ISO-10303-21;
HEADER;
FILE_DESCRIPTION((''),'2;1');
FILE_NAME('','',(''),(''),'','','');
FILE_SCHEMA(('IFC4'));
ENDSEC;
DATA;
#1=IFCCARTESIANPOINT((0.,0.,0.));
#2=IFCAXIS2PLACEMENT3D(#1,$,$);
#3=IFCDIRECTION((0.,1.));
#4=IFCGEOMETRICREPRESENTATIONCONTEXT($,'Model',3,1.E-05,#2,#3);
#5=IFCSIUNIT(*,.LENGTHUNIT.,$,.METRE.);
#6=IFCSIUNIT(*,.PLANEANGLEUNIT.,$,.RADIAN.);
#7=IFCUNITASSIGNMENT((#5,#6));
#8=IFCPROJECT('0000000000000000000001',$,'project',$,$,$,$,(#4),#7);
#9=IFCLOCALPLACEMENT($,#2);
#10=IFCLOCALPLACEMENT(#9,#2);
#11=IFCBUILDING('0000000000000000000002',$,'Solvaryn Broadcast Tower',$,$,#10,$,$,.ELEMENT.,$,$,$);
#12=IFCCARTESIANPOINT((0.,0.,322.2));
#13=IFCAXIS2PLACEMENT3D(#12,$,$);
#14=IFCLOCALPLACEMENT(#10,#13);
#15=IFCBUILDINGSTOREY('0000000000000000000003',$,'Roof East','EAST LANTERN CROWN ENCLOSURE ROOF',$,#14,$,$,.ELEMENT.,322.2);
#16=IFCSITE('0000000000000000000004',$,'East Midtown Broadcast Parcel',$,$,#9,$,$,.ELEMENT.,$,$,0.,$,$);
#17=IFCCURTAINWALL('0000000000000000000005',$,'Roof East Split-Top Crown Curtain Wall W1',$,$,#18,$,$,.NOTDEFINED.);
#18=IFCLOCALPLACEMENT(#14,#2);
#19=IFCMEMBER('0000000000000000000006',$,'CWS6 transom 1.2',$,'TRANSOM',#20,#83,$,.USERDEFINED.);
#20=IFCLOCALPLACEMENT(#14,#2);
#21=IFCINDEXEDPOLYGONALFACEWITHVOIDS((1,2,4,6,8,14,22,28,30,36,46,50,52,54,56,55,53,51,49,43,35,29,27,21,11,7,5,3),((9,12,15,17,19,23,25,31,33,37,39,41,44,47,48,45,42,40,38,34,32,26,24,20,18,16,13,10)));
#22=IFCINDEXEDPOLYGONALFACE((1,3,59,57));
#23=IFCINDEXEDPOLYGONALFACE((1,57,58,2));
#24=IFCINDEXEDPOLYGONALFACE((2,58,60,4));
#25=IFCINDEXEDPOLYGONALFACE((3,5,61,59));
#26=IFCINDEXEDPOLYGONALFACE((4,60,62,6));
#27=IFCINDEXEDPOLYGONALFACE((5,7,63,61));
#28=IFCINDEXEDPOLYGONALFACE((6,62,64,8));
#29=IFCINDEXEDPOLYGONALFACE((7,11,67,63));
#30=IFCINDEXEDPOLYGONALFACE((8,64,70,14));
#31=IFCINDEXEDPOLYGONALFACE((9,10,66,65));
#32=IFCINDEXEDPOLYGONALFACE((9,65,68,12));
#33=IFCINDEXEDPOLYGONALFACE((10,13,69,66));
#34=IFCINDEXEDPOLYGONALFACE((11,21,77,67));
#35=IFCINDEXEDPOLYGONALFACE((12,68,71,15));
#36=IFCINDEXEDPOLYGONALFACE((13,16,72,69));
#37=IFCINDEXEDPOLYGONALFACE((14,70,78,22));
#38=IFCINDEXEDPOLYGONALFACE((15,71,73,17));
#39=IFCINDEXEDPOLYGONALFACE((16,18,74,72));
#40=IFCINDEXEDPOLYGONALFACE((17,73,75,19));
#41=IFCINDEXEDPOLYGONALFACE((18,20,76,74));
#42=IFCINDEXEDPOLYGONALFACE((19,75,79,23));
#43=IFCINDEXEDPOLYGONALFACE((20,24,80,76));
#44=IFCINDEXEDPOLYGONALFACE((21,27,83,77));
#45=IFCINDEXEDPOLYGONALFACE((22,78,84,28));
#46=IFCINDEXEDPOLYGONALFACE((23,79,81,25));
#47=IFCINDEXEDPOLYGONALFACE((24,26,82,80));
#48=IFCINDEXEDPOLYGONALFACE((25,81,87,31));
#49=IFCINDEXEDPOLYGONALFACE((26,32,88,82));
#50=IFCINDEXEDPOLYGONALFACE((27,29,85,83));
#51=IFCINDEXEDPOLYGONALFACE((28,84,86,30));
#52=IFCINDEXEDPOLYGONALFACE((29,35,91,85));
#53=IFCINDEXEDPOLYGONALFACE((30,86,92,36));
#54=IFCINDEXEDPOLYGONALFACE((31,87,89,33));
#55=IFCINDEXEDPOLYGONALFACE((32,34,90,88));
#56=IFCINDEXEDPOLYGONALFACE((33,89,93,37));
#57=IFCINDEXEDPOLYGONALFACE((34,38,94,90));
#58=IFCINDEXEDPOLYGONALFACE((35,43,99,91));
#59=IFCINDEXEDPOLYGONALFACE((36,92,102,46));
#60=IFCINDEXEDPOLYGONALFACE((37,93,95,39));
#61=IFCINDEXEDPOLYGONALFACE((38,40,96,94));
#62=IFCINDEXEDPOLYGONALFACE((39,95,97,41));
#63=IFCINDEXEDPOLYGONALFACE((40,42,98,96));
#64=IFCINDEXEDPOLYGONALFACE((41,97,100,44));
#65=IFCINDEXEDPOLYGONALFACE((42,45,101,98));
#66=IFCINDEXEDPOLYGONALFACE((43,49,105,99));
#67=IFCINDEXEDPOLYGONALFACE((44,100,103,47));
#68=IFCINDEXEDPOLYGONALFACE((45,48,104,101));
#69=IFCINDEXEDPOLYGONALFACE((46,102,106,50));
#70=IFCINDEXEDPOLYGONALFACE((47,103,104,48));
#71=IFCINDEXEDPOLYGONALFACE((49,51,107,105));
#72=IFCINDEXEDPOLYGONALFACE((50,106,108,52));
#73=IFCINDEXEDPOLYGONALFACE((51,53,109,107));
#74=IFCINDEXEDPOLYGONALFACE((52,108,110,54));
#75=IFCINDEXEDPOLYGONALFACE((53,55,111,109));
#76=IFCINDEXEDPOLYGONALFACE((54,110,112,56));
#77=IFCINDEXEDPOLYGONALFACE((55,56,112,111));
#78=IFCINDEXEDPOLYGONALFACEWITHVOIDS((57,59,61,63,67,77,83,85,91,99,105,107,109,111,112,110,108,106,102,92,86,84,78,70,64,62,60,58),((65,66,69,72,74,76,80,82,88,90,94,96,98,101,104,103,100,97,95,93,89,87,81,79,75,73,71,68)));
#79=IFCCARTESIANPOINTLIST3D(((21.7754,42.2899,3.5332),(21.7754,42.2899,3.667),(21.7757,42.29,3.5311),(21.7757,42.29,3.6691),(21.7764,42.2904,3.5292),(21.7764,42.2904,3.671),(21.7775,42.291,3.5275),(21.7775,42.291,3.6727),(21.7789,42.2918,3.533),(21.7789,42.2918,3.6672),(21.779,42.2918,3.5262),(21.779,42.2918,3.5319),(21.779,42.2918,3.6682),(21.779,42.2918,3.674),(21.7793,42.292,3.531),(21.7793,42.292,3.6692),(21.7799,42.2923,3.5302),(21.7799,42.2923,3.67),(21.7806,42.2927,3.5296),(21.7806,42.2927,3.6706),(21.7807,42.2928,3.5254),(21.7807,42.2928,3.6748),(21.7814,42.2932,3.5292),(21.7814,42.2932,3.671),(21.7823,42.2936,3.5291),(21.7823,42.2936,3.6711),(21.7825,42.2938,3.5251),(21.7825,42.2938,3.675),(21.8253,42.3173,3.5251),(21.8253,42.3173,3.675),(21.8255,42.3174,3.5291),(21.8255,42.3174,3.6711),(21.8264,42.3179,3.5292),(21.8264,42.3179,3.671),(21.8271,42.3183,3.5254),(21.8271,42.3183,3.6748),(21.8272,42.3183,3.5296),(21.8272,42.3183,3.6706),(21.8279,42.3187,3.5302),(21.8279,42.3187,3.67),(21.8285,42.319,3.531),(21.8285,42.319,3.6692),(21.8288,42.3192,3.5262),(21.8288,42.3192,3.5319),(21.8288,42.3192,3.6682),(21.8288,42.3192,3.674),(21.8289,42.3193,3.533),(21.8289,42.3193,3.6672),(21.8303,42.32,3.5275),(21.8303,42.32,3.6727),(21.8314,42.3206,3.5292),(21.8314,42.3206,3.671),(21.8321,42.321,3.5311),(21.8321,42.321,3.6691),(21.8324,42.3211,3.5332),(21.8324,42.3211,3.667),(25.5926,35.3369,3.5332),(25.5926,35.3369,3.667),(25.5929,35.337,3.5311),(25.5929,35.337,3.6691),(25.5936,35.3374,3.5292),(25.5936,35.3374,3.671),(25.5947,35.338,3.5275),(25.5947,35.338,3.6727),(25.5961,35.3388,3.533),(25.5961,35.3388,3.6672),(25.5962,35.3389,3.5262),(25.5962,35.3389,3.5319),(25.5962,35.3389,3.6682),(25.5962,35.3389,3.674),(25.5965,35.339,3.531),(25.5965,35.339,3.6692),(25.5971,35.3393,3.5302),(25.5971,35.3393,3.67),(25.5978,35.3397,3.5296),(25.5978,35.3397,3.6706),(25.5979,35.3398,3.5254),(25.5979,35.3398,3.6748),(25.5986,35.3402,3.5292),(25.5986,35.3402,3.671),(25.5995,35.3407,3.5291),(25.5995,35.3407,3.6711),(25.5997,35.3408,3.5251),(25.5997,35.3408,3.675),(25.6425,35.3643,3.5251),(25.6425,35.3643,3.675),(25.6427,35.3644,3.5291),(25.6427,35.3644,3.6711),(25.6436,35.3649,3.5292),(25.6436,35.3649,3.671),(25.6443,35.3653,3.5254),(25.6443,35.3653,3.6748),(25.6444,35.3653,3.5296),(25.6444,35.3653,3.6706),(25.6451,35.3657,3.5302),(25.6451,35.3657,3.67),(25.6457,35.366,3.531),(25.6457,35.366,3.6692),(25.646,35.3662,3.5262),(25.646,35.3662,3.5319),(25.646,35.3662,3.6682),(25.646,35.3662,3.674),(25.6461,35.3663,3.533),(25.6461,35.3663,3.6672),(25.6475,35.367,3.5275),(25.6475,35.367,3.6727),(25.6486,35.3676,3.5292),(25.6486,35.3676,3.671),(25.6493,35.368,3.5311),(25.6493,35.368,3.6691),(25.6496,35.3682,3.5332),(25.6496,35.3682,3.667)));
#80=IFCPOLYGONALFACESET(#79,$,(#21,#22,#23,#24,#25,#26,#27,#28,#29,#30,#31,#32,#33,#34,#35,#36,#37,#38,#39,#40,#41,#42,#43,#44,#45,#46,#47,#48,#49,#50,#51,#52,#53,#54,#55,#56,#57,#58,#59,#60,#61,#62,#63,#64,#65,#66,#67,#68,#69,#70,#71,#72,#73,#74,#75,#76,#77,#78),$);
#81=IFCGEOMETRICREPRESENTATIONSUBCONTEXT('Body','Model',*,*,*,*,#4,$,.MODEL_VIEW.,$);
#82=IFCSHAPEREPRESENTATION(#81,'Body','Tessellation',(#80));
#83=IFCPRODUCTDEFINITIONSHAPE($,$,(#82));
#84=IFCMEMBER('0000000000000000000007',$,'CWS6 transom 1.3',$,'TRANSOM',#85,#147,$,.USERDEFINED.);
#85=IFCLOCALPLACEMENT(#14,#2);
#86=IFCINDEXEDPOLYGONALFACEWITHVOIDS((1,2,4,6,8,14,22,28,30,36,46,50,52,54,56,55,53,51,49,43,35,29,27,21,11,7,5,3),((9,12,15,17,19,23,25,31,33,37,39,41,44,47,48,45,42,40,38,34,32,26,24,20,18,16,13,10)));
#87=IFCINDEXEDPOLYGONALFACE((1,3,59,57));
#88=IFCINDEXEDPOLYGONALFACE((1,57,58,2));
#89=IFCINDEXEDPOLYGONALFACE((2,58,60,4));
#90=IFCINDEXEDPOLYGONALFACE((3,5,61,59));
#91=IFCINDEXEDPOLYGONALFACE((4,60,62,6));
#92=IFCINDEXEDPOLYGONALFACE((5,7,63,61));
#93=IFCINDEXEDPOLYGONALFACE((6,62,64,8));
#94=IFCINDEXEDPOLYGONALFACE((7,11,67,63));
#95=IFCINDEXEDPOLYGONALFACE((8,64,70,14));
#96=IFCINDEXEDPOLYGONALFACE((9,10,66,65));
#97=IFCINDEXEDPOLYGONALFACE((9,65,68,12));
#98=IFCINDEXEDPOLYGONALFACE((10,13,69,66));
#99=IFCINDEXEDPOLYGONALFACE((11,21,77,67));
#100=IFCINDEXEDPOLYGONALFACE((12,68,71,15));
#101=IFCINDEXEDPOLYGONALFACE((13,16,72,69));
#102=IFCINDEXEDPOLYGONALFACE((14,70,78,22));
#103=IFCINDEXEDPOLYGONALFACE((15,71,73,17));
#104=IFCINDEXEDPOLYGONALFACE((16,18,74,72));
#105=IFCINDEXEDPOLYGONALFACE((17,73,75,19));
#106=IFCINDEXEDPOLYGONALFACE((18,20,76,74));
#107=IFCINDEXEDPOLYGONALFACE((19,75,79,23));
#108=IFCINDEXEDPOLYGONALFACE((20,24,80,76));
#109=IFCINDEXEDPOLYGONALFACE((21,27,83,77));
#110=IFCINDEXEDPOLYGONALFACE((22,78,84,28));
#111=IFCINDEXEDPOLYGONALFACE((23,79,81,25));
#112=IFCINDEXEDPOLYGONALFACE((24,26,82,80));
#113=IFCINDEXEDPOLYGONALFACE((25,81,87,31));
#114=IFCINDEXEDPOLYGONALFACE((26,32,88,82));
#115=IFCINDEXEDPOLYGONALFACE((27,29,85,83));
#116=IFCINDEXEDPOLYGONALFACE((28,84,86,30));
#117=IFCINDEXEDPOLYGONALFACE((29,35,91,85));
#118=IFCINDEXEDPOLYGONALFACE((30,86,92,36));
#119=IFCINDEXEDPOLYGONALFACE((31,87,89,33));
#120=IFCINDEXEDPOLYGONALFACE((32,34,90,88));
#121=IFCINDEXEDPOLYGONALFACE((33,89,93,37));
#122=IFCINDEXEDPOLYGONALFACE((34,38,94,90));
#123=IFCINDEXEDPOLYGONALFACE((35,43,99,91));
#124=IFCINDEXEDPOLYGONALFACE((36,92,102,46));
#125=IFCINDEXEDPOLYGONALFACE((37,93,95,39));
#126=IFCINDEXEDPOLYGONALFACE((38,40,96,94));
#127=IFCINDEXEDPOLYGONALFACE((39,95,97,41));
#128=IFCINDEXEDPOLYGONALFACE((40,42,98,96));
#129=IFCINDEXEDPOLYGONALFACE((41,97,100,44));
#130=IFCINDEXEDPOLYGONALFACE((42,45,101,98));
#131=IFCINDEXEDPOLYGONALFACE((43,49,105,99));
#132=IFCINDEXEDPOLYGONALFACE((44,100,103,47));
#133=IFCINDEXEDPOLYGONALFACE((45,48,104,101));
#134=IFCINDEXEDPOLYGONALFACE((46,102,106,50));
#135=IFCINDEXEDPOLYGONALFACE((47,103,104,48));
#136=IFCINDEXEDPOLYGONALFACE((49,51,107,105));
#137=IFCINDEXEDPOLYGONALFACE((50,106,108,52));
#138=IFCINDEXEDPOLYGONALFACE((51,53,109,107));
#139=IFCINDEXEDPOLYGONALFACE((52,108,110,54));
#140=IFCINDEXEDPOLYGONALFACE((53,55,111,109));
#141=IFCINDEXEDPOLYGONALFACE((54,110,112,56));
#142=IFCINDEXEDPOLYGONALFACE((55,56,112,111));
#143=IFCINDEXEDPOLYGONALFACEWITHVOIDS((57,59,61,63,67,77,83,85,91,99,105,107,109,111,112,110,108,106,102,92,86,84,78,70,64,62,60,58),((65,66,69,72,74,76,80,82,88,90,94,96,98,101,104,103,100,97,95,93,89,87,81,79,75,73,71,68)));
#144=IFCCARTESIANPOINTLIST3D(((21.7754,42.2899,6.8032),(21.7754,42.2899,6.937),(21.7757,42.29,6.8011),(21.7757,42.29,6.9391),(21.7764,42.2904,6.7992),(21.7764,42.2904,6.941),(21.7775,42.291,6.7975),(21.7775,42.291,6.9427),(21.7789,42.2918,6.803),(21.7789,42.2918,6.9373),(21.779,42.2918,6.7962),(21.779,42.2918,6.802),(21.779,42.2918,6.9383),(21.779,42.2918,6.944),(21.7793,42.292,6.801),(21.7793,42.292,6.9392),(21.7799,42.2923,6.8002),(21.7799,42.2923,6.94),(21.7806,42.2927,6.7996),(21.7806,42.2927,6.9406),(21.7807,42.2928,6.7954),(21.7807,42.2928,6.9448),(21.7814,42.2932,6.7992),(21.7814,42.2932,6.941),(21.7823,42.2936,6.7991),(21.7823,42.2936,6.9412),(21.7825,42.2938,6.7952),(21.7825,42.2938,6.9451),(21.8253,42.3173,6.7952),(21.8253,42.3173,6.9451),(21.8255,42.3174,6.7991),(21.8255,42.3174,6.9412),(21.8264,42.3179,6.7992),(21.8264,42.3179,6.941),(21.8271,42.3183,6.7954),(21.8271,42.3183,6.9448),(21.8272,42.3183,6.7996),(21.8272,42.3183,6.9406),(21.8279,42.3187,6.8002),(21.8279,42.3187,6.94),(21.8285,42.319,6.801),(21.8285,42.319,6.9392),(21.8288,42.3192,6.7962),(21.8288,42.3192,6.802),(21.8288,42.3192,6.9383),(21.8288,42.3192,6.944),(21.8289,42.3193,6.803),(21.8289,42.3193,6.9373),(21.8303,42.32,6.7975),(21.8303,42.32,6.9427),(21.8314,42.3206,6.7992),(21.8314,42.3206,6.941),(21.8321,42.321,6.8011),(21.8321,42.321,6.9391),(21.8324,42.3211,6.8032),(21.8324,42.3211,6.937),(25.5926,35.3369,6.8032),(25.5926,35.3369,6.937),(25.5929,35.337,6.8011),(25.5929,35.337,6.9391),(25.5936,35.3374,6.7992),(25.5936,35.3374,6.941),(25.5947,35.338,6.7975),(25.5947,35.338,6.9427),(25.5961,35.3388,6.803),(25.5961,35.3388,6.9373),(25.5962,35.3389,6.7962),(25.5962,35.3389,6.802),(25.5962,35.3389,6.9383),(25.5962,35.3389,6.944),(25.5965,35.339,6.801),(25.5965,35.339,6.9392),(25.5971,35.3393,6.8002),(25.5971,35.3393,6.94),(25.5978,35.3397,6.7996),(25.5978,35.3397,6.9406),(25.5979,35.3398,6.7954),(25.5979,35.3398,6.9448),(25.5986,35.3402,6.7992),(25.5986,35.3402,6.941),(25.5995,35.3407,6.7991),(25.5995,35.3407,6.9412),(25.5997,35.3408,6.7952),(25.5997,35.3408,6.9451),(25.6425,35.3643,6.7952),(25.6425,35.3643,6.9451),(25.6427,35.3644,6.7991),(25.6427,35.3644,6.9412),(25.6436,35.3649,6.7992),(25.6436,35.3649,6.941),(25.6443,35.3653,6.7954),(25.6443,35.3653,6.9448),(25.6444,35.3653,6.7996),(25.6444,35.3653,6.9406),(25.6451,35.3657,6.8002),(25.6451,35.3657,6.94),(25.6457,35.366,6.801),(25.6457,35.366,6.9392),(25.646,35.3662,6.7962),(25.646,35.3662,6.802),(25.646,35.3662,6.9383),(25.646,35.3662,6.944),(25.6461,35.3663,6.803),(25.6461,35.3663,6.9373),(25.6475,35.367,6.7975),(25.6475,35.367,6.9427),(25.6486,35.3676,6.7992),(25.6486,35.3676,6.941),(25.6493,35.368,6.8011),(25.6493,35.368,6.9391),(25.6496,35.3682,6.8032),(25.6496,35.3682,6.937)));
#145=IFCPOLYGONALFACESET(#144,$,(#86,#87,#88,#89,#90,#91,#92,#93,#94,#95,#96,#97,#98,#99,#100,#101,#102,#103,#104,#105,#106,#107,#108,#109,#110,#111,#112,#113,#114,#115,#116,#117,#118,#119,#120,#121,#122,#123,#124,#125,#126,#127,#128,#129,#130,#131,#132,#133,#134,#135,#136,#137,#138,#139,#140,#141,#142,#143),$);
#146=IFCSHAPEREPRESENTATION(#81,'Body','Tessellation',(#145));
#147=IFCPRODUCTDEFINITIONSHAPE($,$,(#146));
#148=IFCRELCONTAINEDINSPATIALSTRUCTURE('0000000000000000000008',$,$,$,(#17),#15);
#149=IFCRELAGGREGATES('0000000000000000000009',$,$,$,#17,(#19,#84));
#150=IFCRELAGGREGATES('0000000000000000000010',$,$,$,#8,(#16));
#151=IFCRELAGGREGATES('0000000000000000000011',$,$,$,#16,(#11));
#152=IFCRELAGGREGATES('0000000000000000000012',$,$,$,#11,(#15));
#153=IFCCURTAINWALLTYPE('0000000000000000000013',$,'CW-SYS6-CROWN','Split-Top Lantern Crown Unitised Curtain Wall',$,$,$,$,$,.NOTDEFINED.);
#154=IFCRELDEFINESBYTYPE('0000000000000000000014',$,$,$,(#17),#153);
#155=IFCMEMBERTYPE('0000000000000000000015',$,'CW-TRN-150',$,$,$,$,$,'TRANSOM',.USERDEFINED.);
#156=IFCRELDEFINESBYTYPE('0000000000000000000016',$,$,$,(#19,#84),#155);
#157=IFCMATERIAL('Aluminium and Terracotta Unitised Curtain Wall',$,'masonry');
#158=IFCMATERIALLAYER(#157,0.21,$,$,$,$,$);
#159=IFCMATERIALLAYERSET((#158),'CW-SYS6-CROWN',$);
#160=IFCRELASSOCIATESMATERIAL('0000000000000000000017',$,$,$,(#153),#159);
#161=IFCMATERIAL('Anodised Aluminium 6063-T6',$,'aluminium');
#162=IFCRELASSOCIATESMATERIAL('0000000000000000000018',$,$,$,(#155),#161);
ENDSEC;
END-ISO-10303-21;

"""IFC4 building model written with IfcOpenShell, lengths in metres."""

from ifc_helpers import new_model, si_unit, direction, frame, origin, origin_2d, place, context, subcontext, project, spatial, hollow_rectangle, extrude, material, layer, layer_set, material_profile, profile_set, type_object, element, aggregate, save


model = new_model("IFC4")

# Units and contexts
model_context = context("Model", 3, precision=1e-05, world=origin(), true_north=direction((0.0, 1.0)))
body_context = subcontext(model_context, "Body", "Model", "MODEL_VIEW")
ifc_project = project(units=[si_unit("LENGTHUNIT", "METRE"), si_unit("PLANEANGLEUNIT", "RADIAN")], contexts=[model_context])

# Site, building, storey
site_placement = place(None, origin())
site = spatial("IfcSite", under=ifc_project, at=site_placement, Name="East Midtown Broadcast Parcel", CompositionType="ELEMENT", RefElevation=0.0)
building_placement = place(site_placement, origin())
building = spatial("IfcBuilding", under=site, at=building_placement, Name="Solvaryn Broadcast Tower", CompositionType="ELEMENT")
storey_placement = place(building_placement, frame((0.0, 0.0, 322.2)))
storey = spatial("IfcBuildingStorey", under=building, at=storey_placement, Name="Roof East", Description="EAST LANTERN CROWN ENCLOSURE ROOF", CompositionType="ELEMENT", Elevation=322.2)

# Curtain wall
ifc_material_1 = material(Name="Aluminium and Terracotta Unitised Curtain Wall", Category="masonry")
ifc_layer_1 = layer(ifc_material_1, 0.21)
ifc_layer_set_1 = layer_set([ifc_layer_1], Name="CW-SYS6-CROWN")
curtain_wall_type = type_object("IfcCurtainWallType", Name="CW-SYS6-CROWN", Description="Split-Top Lantern Crown Unitised Curtain Wall", PredefinedType="NOTDEFINED", material=ifc_layer_set_1)
curtain_wall_1_placement = place(storey_placement, origin())
curtain_wall_1 = element("IfcCurtainWall", 1, at=curtain_wall_1_placement, inside=storey, type_object=curtain_wall_type, Name="Roof East Split-Top Crown Curtain Wall W1", PredefinedType="NOTDEFINED")

# Members
ifc_material_2 = material(Name="Anodised Aluminium 6063-T6", Category="aluminium")
ifc_material_profile_1 = material_profile(ifc_material_2, hollow_rectangle(XDim=0.0649, YDim=0.1499, WallThickness=0.0039, InnerFilletRadius=0.0039, OuterFilletRadius=0.0081, at=origin_2d()))
ifc_profile_set_1 = profile_set([ifc_material_profile_1], Name="Anodised Aluminium 6063-T6")
member_type_1 = type_object("IfcMemberType", Name="CW-TRN-150", ElementType="TRANSOM", PredefinedType="USERDEFINED", material=ifc_profile_set_1)
member_1_placement = place(storey_placement, frame((25.6211, 35.3525, 3.6001), z_axis=(-0.481246, 0.876585, 0.0), x_axis=(-0.876585, -0.481246, 0.0)))
member_1 = element("IfcMember", 2, at=member_1_placement, type_object=member_type_1, Name="CWS6 transom 1.2", ObjectType="TRANSOM", PredefinedType="USERDEFINED", context=body_context, shape_type="SweptSolid", body=[
    extrude(hollow_rectangle(XDim=0.0649, YDim=0.1499, WallThickness=0.0039, InnerFilletRadius=0.0039, OuterFilletRadius=0.0081, at=origin_2d()), origin(), (0.0, 0.0, 1.0), 7.9319),
])
member_2_placement = place(storey_placement, frame((25.6211, 35.3525, 6.8701), z_axis=(-0.481246, 0.876585, 0.0), x_axis=(-0.876585, -0.481246, 0.0)))
member_2 = element("IfcMember", 3, at=member_2_placement, type_object=member_type_1, Name="CWS6 transom 1.3", ObjectType="TRANSOM", PredefinedType="USERDEFINED", context=body_context, shape_type="SweptSolid", body=[
    extrude(hollow_rectangle(XDim=0.0649, YDim=0.1499, WallThickness=0.0039, InnerFilletRadius=0.0039, OuterFilletRadius=0.0081, at=origin_2d()), origin(), (0.0, 0.0, 1.0), 7.9319),
])

aggregate(curtain_wall_1, [member_1, member_2])

save(model, "model.ifc")
